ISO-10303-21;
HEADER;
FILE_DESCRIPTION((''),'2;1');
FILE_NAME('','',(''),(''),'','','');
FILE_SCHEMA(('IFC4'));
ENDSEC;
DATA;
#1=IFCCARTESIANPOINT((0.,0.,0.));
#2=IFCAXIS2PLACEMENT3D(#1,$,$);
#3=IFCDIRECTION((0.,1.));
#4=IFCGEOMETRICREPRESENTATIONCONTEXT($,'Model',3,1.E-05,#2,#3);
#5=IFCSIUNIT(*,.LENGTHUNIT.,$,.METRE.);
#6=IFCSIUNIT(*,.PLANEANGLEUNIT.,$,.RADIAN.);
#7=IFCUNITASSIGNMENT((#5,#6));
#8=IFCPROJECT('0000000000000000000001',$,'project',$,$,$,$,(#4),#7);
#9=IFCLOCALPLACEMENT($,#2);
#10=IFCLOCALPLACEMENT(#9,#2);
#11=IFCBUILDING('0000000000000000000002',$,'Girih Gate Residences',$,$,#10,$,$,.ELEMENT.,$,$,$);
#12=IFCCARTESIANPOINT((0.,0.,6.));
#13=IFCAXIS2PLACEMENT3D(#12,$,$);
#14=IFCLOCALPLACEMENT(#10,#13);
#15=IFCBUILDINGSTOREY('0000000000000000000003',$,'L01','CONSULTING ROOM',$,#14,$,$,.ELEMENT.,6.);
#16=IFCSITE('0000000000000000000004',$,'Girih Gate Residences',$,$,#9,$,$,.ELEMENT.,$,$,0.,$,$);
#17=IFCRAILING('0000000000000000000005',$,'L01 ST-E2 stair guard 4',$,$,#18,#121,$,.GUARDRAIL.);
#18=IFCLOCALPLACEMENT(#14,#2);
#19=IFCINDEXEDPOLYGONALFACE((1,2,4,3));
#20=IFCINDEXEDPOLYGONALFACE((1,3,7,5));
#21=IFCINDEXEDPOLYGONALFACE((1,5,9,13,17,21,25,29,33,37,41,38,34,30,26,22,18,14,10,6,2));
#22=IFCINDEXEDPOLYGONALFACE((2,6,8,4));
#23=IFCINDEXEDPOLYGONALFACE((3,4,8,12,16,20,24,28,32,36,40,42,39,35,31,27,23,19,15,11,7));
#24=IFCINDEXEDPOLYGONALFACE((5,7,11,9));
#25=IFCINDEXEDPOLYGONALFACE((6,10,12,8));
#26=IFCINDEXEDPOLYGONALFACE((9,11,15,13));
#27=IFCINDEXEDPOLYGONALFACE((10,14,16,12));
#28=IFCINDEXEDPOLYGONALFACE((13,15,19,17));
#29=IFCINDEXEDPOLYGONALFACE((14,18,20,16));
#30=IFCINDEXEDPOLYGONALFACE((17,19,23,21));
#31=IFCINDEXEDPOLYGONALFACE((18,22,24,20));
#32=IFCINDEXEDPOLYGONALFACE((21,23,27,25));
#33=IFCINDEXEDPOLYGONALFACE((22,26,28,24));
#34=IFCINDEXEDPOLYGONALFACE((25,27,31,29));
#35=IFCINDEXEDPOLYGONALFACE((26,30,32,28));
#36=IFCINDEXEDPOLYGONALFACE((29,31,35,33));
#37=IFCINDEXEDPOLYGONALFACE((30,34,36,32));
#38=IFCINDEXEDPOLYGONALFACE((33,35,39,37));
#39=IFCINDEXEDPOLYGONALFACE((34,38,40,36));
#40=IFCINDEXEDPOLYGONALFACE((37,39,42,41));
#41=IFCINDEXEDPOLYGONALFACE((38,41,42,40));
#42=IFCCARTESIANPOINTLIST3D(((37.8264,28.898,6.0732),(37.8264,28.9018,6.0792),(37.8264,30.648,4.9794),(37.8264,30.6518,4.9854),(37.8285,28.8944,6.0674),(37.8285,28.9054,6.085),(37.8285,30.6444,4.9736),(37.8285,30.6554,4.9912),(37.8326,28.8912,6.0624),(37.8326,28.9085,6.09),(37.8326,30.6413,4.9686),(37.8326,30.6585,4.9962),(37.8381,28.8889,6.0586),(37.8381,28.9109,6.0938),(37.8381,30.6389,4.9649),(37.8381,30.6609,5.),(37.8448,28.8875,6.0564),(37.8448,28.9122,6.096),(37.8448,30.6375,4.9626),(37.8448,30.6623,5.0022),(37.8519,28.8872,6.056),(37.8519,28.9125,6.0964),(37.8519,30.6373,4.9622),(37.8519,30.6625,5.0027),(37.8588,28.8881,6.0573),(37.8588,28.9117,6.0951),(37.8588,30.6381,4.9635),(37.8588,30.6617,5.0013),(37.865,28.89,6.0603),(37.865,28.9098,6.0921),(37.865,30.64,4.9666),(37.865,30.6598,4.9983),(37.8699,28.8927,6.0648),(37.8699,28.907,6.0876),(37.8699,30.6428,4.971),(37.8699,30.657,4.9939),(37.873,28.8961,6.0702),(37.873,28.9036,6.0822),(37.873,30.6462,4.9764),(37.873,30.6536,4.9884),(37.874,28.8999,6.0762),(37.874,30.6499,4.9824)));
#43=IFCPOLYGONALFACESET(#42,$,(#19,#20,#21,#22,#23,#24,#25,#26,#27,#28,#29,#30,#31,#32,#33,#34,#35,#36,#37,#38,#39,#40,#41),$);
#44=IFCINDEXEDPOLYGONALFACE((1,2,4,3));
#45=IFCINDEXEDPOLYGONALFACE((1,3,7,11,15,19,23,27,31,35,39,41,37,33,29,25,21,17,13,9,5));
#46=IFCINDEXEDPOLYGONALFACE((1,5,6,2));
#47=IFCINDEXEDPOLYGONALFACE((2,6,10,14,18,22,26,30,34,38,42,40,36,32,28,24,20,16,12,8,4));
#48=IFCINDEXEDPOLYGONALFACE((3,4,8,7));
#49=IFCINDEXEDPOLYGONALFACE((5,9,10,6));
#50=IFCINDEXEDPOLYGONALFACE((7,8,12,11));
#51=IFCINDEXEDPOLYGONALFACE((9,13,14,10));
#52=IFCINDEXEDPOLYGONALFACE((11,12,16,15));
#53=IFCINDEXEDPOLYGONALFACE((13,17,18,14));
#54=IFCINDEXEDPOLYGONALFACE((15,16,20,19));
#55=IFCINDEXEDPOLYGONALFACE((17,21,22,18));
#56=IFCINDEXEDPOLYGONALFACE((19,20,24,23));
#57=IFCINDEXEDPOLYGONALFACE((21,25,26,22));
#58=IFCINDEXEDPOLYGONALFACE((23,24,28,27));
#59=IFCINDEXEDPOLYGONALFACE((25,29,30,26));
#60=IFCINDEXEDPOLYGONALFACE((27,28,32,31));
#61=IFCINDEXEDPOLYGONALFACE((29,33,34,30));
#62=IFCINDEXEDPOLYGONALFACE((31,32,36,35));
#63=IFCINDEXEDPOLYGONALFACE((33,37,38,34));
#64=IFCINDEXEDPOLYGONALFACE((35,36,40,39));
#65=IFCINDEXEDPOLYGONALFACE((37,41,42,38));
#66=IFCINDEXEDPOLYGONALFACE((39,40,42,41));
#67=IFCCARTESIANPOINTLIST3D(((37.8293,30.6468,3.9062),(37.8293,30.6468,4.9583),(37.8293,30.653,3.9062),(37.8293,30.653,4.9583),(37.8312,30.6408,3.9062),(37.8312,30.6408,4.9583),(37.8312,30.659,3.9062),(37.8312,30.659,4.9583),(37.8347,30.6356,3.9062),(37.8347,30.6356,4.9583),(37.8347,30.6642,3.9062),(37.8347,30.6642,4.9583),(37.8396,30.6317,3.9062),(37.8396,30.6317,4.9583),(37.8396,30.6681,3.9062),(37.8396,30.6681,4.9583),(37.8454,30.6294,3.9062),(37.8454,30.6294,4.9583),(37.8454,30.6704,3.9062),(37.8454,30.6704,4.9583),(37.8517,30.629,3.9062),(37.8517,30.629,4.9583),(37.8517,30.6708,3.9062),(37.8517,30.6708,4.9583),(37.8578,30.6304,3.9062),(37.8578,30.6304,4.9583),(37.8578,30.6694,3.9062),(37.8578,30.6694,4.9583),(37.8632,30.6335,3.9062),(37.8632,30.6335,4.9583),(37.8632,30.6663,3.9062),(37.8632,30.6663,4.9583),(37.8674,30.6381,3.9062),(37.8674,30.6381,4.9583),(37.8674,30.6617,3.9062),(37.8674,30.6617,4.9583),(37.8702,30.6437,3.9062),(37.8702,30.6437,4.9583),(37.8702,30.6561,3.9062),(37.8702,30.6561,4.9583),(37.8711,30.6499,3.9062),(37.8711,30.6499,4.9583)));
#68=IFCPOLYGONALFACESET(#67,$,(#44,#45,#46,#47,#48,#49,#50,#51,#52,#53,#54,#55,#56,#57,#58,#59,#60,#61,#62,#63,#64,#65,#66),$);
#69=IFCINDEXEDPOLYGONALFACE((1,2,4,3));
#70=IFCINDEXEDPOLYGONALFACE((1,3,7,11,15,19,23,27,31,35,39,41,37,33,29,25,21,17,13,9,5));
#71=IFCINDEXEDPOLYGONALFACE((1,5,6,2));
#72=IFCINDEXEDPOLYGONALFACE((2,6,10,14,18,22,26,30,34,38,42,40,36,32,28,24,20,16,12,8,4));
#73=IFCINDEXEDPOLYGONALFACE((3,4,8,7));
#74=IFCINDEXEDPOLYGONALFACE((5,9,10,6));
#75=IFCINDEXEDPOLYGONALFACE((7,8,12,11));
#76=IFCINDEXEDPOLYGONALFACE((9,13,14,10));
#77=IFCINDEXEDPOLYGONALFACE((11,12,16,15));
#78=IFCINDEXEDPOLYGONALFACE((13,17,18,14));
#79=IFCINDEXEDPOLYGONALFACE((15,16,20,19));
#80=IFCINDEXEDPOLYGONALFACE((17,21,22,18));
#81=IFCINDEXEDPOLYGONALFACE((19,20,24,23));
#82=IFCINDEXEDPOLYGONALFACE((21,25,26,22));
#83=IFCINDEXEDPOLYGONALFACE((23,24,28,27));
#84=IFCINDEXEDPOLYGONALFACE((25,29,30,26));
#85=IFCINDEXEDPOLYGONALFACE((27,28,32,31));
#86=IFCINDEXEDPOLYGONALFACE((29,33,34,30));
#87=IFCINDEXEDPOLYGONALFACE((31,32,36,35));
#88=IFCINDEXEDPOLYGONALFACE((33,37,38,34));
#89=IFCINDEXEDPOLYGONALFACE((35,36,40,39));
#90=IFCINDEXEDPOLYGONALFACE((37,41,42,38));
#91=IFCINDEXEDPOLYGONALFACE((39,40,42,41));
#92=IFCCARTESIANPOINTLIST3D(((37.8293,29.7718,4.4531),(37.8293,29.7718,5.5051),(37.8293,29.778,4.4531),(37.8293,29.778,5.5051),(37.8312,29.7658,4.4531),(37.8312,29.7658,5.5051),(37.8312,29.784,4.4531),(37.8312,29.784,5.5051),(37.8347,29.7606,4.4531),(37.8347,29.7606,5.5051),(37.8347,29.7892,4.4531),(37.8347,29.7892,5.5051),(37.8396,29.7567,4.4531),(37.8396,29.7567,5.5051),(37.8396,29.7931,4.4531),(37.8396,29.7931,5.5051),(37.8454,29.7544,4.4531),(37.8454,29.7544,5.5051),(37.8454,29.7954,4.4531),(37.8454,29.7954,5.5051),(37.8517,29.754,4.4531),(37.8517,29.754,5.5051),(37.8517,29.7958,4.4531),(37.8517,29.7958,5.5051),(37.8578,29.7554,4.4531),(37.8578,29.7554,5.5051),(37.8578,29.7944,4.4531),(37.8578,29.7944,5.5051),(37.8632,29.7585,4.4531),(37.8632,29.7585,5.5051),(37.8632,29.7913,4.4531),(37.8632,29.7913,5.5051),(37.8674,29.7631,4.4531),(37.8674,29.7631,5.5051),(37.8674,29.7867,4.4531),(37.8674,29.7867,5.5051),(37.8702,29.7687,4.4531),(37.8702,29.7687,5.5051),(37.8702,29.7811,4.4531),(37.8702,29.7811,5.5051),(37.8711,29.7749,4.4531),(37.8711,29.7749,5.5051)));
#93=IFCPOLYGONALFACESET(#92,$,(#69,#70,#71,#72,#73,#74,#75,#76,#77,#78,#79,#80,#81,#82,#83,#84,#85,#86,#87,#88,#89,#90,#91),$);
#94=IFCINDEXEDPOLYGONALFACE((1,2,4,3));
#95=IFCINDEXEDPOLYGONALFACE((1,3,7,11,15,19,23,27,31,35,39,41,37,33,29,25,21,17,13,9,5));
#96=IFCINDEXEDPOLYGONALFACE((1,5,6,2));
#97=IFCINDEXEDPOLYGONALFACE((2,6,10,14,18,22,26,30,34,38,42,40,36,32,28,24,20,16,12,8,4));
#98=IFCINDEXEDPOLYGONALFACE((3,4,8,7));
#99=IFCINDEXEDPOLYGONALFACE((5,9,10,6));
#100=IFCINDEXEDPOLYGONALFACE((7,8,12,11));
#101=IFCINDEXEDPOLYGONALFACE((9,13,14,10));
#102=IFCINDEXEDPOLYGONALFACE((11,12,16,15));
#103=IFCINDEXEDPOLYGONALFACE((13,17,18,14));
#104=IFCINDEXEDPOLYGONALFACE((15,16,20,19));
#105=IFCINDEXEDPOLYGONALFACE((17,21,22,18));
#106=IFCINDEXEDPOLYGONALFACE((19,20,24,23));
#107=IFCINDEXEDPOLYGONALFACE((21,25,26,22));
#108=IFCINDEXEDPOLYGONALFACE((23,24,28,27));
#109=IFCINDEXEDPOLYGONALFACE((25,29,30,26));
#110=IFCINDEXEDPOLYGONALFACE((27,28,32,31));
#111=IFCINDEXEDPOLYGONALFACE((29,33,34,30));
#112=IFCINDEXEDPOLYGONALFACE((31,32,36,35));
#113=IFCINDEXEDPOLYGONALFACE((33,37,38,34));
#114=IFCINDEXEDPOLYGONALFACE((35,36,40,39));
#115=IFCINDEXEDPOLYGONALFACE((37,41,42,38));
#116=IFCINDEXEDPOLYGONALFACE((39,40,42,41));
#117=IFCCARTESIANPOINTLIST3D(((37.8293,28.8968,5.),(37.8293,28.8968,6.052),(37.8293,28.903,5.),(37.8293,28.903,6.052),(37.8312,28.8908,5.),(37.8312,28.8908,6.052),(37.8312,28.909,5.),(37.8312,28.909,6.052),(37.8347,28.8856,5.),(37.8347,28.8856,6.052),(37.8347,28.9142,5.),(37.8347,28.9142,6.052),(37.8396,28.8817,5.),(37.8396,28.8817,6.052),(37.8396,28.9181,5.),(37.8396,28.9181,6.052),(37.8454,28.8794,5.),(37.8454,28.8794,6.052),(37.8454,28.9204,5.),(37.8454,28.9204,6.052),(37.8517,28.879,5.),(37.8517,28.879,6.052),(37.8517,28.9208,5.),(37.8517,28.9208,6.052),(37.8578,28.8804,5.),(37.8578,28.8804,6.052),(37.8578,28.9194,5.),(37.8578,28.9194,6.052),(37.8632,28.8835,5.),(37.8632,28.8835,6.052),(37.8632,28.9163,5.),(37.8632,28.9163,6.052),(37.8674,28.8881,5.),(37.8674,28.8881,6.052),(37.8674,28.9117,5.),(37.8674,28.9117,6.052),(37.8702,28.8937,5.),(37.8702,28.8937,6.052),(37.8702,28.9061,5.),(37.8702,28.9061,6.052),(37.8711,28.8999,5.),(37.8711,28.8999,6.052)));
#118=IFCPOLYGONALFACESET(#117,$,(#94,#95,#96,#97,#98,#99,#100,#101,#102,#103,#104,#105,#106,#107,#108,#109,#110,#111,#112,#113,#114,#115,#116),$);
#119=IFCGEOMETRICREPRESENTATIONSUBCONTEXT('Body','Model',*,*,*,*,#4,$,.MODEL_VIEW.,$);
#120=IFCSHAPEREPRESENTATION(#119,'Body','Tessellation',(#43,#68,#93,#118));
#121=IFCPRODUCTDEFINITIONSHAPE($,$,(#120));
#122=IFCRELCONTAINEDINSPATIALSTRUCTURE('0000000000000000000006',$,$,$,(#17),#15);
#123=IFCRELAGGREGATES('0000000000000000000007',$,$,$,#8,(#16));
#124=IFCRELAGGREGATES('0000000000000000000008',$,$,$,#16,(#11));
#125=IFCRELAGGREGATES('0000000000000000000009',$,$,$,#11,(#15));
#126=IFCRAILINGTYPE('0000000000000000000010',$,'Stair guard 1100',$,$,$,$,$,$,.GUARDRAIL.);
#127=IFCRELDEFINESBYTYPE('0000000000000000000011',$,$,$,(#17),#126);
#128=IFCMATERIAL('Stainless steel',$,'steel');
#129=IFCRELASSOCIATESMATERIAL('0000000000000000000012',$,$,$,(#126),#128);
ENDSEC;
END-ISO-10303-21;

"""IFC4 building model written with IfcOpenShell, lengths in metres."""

from ifc_helpers import new_model, si_unit, direction, frame, origin, origin_2d, place, context, subcontext, project, spatial, circle, extrude, material, type_object, element, save


model = new_model("IFC4")

# Units and contexts
model_context = context("Model", 3, precision=1e-05, world=origin(), true_north=direction((0.0, 1.0)))
body_context = subcontext(model_context, "Body", "Model", "MODEL_VIEW")
ifc_project = project(units=[si_unit("LENGTHUNIT", "METRE"), si_unit("PLANEANGLEUNIT", "RADIAN")], contexts=[model_context])

# Site, building, storey
site_placement = place(None, origin())
site = spatial("IfcSite", under=ifc_project, at=site_placement, Name="Girih Gate Residences", CompositionType="ELEMENT", RefElevation=0.0)
building_placement = place(site_placement, origin())
building = spatial("IfcBuilding", under=site, at=building_placement, Name="Girih Gate Residences", CompositionType="ELEMENT")
storey_placement = place(building_placement, frame((0.0, 0.0, 6.0)))
storey = spatial("IfcBuildingStorey", under=building, at=storey_placement, Name="L01", Description="CONSULTING ROOM", CompositionType="ELEMENT", Elevation=6.0)

# Railing
ifc_material_1 = material(Name="Stainless steel", Category="steel")
railing_type_1 = type_object("IfcRailingType", Name="Stair guard 1100", PredefinedType="GUARDRAIL", material=ifc_material_1)
railing_1_placement = place(storey_placement, frame((37.8501, 30.6499, 3.9062)))
element("IfcRailing", 1, at=railing_1_placement, inside=storey, type_object=railing_type_1, Name="L01 ST-E2 stair guard 4", PredefinedType="GUARDRAIL", context=body_context, shape_type="SweptSolid", body=[
    extrude(circle(Radius=0.0239, at=origin_2d()), frame((0.0, 0.0, 1.0762), z_axis=(0.0, -0.847998, 0.529999), x_axis=(1.0, 0.0, 0.0)), (0.0, 0.0, 1.0), 2.0637),
    extrude(circle(Radius=0.021, at=origin_2d()), origin(), (0.0, 0.0, 1.0), 1.052),
    extrude(circle(Radius=0.021, at=origin_2d()), frame((0.0, -0.875, 0.5469)), (0.0, 0.0, 1.0), 1.052),
    extrude(circle(Radius=0.021, at=origin_2d()), frame((0.0, -1.75, 1.0938)), (0.0, 0.0, 1.0), 1.052),
])

save(model, "model.ifc")
